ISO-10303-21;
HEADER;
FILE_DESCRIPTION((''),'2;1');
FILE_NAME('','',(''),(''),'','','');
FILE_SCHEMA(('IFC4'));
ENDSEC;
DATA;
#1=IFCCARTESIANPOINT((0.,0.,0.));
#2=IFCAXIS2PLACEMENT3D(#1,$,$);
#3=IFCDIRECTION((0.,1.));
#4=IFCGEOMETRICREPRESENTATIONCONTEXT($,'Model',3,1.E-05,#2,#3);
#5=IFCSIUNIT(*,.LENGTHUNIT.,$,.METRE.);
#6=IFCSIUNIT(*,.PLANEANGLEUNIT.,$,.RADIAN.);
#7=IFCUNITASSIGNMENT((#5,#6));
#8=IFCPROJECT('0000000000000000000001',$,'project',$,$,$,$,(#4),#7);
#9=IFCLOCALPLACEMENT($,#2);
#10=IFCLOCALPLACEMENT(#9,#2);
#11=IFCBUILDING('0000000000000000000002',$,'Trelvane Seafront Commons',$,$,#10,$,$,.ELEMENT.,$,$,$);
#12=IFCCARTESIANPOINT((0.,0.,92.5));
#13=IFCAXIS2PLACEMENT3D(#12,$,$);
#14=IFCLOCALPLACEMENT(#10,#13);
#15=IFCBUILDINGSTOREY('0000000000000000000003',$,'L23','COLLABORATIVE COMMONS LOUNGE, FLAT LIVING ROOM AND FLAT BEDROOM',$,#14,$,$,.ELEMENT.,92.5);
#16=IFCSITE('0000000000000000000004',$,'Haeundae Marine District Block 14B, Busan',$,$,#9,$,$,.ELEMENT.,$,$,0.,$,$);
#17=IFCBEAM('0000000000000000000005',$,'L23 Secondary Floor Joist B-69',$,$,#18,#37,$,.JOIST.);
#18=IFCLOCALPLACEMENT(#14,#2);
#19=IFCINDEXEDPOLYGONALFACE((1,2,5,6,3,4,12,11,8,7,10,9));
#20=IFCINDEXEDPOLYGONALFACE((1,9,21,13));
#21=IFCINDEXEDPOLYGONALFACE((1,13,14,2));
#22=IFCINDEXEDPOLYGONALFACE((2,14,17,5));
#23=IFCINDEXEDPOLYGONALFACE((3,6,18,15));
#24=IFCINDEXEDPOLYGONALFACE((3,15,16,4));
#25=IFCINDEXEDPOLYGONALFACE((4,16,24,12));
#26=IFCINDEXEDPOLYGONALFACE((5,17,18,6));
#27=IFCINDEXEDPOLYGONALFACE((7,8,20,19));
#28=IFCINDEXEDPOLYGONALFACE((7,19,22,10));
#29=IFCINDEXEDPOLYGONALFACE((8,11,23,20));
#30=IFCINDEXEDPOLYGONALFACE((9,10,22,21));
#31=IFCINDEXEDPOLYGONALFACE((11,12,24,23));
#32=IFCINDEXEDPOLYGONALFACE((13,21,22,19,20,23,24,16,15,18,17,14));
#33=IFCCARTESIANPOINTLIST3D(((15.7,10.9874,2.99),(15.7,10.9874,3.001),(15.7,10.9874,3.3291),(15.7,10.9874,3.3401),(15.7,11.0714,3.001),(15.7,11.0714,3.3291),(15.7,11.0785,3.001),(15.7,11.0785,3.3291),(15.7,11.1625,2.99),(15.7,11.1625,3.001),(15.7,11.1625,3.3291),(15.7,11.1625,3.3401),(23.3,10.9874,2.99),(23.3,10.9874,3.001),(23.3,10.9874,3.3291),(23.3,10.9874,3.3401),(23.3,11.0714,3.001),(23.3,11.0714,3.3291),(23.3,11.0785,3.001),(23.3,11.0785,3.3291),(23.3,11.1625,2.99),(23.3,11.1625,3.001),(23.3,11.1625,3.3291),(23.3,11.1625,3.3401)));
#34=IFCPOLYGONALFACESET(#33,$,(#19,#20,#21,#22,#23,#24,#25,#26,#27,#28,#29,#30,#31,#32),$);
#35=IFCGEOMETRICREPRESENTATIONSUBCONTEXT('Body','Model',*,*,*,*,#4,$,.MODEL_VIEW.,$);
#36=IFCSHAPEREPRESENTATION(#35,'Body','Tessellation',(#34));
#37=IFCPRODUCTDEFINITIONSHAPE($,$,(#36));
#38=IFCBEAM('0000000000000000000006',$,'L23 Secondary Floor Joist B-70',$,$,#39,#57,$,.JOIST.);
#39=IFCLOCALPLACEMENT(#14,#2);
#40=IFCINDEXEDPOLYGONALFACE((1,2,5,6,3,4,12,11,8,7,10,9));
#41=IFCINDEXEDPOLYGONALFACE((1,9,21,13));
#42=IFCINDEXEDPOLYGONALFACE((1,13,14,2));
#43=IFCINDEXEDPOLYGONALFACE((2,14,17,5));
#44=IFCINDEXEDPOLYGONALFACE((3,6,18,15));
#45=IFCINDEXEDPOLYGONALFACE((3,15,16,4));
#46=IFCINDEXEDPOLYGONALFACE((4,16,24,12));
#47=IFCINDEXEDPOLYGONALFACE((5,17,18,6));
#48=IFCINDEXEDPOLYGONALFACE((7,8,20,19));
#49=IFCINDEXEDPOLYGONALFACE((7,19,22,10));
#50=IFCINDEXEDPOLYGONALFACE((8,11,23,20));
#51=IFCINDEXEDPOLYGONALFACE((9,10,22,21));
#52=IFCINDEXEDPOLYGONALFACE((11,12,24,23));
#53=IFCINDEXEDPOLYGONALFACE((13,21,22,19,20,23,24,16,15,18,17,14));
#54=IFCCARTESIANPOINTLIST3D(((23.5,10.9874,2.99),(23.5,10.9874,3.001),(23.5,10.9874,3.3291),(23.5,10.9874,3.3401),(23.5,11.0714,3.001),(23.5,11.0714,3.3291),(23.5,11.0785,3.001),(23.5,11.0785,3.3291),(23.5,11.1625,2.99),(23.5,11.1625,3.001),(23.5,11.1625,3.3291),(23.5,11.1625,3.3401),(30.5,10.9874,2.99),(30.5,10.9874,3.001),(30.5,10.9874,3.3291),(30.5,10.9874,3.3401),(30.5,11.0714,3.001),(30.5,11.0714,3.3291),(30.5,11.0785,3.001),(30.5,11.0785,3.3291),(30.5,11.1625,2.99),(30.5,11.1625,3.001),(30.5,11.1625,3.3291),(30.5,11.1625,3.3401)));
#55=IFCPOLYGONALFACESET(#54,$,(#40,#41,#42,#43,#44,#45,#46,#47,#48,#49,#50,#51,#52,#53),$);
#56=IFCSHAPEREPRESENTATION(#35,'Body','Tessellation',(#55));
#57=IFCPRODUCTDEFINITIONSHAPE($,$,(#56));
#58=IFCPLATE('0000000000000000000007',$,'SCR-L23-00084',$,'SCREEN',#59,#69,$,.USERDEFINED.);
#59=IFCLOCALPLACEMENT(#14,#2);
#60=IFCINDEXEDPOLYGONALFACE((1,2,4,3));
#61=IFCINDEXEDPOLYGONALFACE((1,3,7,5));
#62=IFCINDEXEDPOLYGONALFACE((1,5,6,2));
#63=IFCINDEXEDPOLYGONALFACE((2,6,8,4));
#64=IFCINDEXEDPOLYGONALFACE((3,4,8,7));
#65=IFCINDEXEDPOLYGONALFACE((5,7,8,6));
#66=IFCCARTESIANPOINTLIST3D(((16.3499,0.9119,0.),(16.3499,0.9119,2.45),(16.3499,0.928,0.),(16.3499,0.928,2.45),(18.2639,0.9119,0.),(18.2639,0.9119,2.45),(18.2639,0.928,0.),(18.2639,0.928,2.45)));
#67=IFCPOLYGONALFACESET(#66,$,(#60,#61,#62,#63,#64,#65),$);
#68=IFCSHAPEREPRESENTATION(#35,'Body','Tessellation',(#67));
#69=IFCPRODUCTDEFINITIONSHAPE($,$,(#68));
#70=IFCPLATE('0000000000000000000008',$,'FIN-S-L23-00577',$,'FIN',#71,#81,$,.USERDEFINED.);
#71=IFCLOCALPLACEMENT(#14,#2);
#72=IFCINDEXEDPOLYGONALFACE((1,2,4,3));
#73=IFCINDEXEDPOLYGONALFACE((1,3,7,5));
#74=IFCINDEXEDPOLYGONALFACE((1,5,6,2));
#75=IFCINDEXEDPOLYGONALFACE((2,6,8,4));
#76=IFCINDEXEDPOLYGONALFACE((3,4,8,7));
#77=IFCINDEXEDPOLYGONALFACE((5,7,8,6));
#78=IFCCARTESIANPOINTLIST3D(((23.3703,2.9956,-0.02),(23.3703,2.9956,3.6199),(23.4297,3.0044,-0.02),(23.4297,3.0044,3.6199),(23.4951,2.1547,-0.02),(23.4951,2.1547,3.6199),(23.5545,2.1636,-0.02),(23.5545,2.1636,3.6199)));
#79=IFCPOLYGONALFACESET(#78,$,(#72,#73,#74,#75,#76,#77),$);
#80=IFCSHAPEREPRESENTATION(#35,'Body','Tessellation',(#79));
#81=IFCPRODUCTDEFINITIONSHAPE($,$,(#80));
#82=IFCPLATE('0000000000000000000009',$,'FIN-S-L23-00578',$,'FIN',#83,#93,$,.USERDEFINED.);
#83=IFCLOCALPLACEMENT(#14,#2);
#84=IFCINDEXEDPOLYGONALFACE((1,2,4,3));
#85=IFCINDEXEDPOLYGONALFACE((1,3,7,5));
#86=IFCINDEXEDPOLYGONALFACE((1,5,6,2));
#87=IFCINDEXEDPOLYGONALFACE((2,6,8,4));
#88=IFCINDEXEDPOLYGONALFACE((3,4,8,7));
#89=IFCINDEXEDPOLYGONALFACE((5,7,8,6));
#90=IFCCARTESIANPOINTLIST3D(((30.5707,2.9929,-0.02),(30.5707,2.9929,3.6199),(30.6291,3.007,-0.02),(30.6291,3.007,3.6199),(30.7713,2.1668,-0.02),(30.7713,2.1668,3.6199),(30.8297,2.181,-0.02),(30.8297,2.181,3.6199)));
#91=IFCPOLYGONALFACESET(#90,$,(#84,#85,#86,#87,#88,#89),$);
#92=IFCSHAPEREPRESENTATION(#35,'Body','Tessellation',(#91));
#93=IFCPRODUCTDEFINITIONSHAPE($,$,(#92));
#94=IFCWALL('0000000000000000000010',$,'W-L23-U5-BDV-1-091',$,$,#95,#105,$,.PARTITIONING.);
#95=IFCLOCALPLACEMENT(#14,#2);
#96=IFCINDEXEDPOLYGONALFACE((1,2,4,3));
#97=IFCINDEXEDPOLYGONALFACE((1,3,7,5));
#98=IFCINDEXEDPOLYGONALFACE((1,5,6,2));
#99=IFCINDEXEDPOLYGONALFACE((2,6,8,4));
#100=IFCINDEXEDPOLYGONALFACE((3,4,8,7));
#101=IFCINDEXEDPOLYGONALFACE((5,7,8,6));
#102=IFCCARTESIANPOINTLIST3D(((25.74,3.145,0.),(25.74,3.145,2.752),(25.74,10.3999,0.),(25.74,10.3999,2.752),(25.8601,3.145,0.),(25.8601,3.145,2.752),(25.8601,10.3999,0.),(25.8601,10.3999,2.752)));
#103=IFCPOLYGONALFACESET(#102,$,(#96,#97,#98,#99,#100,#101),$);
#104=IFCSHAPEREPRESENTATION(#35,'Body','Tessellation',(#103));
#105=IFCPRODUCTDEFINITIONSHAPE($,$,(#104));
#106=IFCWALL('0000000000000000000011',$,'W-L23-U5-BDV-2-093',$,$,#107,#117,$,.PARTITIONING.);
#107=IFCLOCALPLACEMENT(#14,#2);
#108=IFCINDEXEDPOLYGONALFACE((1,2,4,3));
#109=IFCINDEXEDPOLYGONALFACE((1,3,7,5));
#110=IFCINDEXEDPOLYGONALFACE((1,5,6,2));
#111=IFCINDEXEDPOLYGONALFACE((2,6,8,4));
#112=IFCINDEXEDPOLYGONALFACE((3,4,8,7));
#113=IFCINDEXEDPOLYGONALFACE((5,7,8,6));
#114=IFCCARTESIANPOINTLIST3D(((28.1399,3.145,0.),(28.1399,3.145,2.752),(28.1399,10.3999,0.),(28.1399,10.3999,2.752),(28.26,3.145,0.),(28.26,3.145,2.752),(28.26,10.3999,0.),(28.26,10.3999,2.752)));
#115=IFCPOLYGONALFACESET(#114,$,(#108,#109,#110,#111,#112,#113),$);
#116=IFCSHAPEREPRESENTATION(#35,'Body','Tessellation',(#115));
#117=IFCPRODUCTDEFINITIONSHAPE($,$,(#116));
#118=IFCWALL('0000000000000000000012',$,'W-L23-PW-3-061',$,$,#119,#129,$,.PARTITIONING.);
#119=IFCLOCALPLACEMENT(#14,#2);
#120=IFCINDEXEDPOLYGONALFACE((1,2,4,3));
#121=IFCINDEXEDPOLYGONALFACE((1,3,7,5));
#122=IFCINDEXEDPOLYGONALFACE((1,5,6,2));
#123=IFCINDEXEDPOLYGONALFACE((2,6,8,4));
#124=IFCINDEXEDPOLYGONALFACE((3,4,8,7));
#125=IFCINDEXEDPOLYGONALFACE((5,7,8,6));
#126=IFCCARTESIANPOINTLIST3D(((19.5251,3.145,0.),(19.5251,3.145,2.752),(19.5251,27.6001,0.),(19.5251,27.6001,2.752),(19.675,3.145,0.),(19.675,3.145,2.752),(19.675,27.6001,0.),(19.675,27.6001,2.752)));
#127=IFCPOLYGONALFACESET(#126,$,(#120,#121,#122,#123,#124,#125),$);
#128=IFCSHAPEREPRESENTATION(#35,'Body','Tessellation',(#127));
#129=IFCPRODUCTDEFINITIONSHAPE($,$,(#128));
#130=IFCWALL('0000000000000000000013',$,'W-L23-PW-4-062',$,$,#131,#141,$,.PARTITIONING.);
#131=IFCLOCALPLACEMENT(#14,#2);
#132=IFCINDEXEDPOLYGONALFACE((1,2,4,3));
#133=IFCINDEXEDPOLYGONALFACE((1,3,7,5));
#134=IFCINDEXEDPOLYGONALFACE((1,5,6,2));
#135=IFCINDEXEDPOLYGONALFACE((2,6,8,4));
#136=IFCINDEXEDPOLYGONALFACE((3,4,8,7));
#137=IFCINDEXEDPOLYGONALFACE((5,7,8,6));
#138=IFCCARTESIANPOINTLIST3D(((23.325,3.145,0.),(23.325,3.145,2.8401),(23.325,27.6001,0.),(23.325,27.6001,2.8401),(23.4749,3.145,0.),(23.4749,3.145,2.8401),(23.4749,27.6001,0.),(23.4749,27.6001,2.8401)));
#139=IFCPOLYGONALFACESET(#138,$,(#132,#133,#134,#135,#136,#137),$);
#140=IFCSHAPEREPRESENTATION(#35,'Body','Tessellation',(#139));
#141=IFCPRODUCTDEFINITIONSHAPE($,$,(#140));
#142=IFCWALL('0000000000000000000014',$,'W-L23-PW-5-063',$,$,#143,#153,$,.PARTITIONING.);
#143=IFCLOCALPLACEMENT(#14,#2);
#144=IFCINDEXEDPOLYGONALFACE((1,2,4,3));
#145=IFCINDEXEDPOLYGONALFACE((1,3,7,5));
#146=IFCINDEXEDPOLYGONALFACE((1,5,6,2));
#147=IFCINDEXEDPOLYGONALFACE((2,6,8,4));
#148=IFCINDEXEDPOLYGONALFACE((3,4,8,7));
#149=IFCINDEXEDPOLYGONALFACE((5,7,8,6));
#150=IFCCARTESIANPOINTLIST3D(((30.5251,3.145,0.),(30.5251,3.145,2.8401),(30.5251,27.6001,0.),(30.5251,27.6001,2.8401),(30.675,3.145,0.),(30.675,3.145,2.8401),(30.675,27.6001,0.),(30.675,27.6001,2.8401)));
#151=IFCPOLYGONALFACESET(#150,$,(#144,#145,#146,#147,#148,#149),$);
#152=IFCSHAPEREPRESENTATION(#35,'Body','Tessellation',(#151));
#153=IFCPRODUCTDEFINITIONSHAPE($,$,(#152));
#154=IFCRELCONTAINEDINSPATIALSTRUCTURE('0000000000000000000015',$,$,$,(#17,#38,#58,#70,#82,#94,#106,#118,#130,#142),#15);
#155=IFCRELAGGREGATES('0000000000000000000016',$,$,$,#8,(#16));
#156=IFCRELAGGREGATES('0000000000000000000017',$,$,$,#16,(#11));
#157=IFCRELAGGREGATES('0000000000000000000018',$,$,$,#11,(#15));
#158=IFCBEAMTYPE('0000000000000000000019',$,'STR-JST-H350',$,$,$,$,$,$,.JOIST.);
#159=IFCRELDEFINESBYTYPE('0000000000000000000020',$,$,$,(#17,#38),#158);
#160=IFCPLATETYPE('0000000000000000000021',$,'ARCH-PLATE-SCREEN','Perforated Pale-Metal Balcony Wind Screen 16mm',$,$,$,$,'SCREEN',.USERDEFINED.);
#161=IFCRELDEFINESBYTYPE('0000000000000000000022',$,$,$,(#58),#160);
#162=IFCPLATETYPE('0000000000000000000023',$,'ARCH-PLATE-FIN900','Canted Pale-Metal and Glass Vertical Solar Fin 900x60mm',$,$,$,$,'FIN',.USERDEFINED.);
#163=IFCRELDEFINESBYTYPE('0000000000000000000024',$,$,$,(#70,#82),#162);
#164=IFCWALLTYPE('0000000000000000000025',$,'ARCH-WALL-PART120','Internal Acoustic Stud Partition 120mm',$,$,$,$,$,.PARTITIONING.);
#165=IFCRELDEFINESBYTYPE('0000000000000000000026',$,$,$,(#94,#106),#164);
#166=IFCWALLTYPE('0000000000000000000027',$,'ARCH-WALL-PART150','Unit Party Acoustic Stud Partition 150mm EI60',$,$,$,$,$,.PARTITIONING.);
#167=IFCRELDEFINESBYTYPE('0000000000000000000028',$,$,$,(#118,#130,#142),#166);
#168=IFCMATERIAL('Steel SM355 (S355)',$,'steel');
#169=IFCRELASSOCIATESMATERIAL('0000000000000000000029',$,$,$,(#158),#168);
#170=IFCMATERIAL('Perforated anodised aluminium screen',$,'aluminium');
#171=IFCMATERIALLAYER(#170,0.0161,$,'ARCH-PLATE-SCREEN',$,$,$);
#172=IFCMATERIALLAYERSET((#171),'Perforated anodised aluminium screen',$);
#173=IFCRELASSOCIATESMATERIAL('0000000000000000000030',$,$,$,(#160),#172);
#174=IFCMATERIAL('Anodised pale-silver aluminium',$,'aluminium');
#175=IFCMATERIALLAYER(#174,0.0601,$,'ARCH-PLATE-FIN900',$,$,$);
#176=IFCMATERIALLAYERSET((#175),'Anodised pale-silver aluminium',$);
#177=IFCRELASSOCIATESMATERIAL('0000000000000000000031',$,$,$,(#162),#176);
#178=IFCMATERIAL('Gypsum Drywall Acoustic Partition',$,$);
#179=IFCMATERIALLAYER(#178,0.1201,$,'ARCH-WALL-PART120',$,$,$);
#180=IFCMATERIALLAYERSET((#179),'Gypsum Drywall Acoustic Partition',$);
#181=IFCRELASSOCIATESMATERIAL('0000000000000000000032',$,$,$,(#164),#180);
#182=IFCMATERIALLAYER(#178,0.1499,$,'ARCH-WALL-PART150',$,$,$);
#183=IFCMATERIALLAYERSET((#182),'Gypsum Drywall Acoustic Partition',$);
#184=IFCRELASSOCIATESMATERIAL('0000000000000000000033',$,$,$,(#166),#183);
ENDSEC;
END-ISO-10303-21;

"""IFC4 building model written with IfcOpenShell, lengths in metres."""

from ifc_helpers import new_model, si_unit, direction, frame, frame_2d, origin, origin_2d, place, context, subcontext, project, spatial, rectangle, i_section, extrude, source, transform, mapped, material, layer, layer_set, material_profile, profile_set, type_object, element, save


model = new_model("IFC4")

# Units and contexts
model_context = context("Model", 3, precision=1e-05, world=origin(), true_north=direction((0.0, 1.0)))
body_context = subcontext(model_context, "Body", "Model", "MODEL_VIEW")
ifc_project = project(units=[si_unit("LENGTHUNIT", "METRE"), si_unit("PLANEANGLEUNIT", "RADIAN")], contexts=[model_context])

# Site, building, storey
site_placement = place(None, origin())
site = spatial("IfcSite", under=ifc_project, at=site_placement, Name="Haeundae Marine District Block 14B, Busan", CompositionType="ELEMENT", RefElevation=0.0)
building_placement = place(site_placement, origin())
building = spatial("IfcBuilding", under=site, at=building_placement, Name="Trelvane Seafront Commons", CompositionType="ELEMENT")
storey_placement = place(building_placement, frame((0.0, 0.0, 92.5)))
storey = spatial("IfcBuildingStorey", under=building, at=storey_placement, Name="L23", Description="COLLABORATIVE COMMONS LOUNGE, FLAT LIVING ROOM AND FLAT BEDROOM", CompositionType="ELEMENT", Elevation=92.5)

# Shared definitions
ifc_material_1 = material(Name="Steel SM355 (S355)", Category="steel")

# Beams
ifc_material_profile_1 = material_profile(ifc_material_1, i_section(OverallWidth=0.175, OverallDepth=0.3501, WebThickness=0.0071, FlangeThickness=0.011, at=origin_2d()), Name="H-350x175x7x11")
ifc_profile_set_1 = profile_set([ifc_material_profile_1], Name="Steel SM355 (S355)")
beam_type_1 = type_object("IfcBeamType", Name="STR-JST-H350", PredefinedType="JOIST", material=ifc_profile_set_1)
shared_shape_1 = source(origin(), body_context, "Body", "SweptSolid", [
    extrude(i_section(OverallWidth=0.175, OverallDepth=0.3501, WebThickness=0.0071, FlangeThickness=0.011, at=origin_2d()), origin(), (0.0, 0.0, 1.0), 7.6001),
])
beam_1_placement = place(storey_placement, frame((15.7, 11.075, 3.165), z_axis=(1.0, 0.0, 0.0), x_axis=(0.0, 1.0, 0.0)))
element("IfcBeam", 1, at=beam_1_placement, inside=storey, type_object=beam_type_1, Name="L23 Secondary Floor Joist B-69", PredefinedType="JOIST", context=body_context, shape_type="MappedRepresentation", body=[
    mapped(shared_shape_1, transform((0.0, 0.0, 0.0), x_axis=(1.0, 0.0, 0.0), y_axis=(0.0, 1.0, 0.0), z_axis=(0.0, 0.0, 1.0), scale=1.0)),
])
shared_shape_2 = source(origin(), body_context, "Body", "SweptSolid", [
    extrude(i_section(OverallWidth=0.175, OverallDepth=0.3501, WebThickness=0.0071, FlangeThickness=0.011, at=origin_2d()), origin(), (0.0, 0.0, 1.0), 7.0),
])
beam_2_placement = place(storey_placement, frame((23.5, 11.075, 3.165), z_axis=(1.0, 0.0, 0.0), x_axis=(0.0, 1.0, 0.0)))
element("IfcBeam", 2, at=beam_2_placement, inside=storey, type_object=beam_type_1, Name="L23 Secondary Floor Joist B-70", PredefinedType="JOIST", context=body_context, shape_type="MappedRepresentation", body=[
    mapped(shared_shape_2, transform((0.0, 0.0, 0.0), x_axis=(1.0, 0.0, 0.0), y_axis=(0.0, 1.0, 0.0), z_axis=(0.0, 0.0, 1.0), scale=1.0)),
])

# Plates
ifc_material_2 = material(Name="Perforated anodised aluminium screen", Category="aluminium")
ifc_layer_1 = layer(ifc_material_2, 0.0161, Name="ARCH-PLATE-SCREEN")
ifc_layer_set_1 = layer_set([ifc_layer_1], Name="Perforated anodised aluminium screen")
plate_type_1 = type_object("IfcPlateType", Name="ARCH-PLATE-SCREEN", Description="Perforated Pale-Metal Balcony Wind Screen 16mm", ElementType="SCREEN", PredefinedType="USERDEFINED", material=ifc_layer_set_1)
shared_shape_3 = source(origin(), body_context, "Body", "SweptSolid", [
    extrude(rectangle(XDim=1.9141, YDim=0.0161, at=origin_2d()), origin(), (0.0, 0.0, 1.0), 2.45),
])
plate_placement = place(storey_placement, frame((17.3069, 0.9199, 0.0), z_axis=(0.0, 0.0, 1.0), x_axis=(1.0, 0.0, 0.0)))
element("IfcPlate", 3, at=plate_placement, inside=storey, type_object=plate_type_1, Name="SCR-L23-00084", ObjectType="SCREEN", PredefinedType="USERDEFINED", context=body_context, shape_type="MappedRepresentation", body=[
    mapped(shared_shape_3, transform((0.0, 0.0, 0.0), x_axis=(1.0, 0.0, 0.0), y_axis=(0.0, 1.0, 0.0), z_axis=(0.0, 0.0, 1.0), scale=1.0)),
])
ifc_material_3 = material(Name="Anodised pale-silver aluminium", Category="aluminium")
ifc_layer_2 = layer(ifc_material_3, 0.0601, Name="ARCH-PLATE-FIN900")
ifc_layer_set_2 = layer_set([ifc_layer_2], Name="Anodised pale-silver aluminium")
plate_type_2 = type_object("IfcPlateType", Name="ARCH-PLATE-FIN900", Description="Canted Pale-Metal and Glass Vertical Solar Fin 900x60mm", ElementType="FIN", PredefinedType="USERDEFINED", material=ifc_layer_set_2)
shared_shape_4 = source(origin(), body_context, "Body", "SweptSolid", [
    extrude(rectangle(XDim=0.8501, YDim=0.0601, at=origin_2d()), origin(), (0.0, 0.0, 1.0), 3.6399),
])
for number, where, z_axis, x_axis, name in (
    (4, (23.4624, 2.5796, -0.02), (0.0, 0.0, 1.0), (0.146822, -0.989163, 0.0), "FIN-S-L23-00577"),
    (5, (30.7002, 2.5869, -0.02), (0.0, 0.0, 1.0), (0.235997, -0.971754, 0.0), "FIN-S-L23-00578"),
):
    element("IfcPlate", number, at=place(storey_placement, frame(where, z_axis=z_axis, x_axis=x_axis)), inside=storey, type_object=plate_type_2, Name=name, ObjectType="FIN", PredefinedType="USERDEFINED", context=body_context, shape_type="MappedRepresentation", body=[
        mapped(shared_shape_4, transform((0.0, 0.0, 0.0), x_axis=(1.0, 0.0, 0.0), y_axis=(0.0, 1.0, 0.0), z_axis=(0.0, 0.0, 1.0), scale=1.0)),
    ])

# Shared definitions
ifc_material_4 = material(Name="Gypsum Drywall Acoustic Partition")
ifc_layer_3 = layer(ifc_material_4, 0.1201, Name="ARCH-WALL-PART120")
ifc_layer_set_3 = layer_set([ifc_layer_3], Name="Gypsum Drywall Acoustic Partition")
wall_type_1 = type_object("IfcWallType", Name="ARCH-WALL-PART120", Description="Internal Acoustic Stud Partition 120mm", PredefinedType="PARTITIONING", material=ifc_layer_set_3)

# Wall
wall_1_placement = place(storey_placement, frame((25.8, 3.145, 0.0), z_axis=(0.0, 0.0, 1.0), x_axis=(0.0, 1.0, 0.0)))
element("IfcWall", 6, at=wall_1_placement, inside=storey, type_object=wall_type_1, Name="W-L23-U5-BDV-1-091", PredefinedType="PARTITIONING", context=body_context, shape_type="SweptSolid", body=[
    extrude(rectangle(XDim=7.2549, YDim=0.1201, at=frame_2d((3.6274, 0.0))), origin(), (0.0, 0.0, 1.0), 2.752),
])

# Walls
wall_2_placement = place(storey_placement, frame((28.2, 3.145, 0.0), z_axis=(0.0, 0.0, 1.0), x_axis=(0.0, 1.0, 0.0)))
element("IfcWall", 7, at=wall_2_placement, inside=storey, type_object=wall_type_1, Name="W-L23-U5-BDV-2-093", PredefinedType="PARTITIONING", context=body_context, shape_type="SweptSolid", body=[
    extrude(rectangle(XDim=7.2549, YDim=0.1201, at=frame_2d((3.6274, 0.0))), origin(), (0.0, 0.0, 1.0), 2.752),
])
ifc_layer_4 = layer(ifc_material_4, 0.1499, Name="ARCH-WALL-PART150")
ifc_layer_set_4 = layer_set([ifc_layer_4], Name="Gypsum Drywall Acoustic Partition")
wall_type_2 = type_object("IfcWallType", Name="ARCH-WALL-PART150", Description="Unit Party Acoustic Stud Partition 150mm EI60", PredefinedType="PARTITIONING", material=ifc_layer_set_4)
wall_3_placement = place(storey_placement, frame((19.6001, 3.145, 0.0), z_axis=(0.0, 0.0, 1.0), x_axis=(0.0, 1.0, 0.0)))
element("IfcWall", 8, at=wall_3_placement, inside=storey, type_object=wall_type_2, Name="W-L23-PW-3-061", PredefinedType="PARTITIONING", context=body_context, shape_type="SweptSolid", body=[
    extrude(rectangle(XDim=24.4551, YDim=0.1499, at=frame_2d((12.2275, 0.0))), origin(), (0.0, 0.0, 1.0), 2.752),
])
for number, where, z_axis, x_axis, name in (
    (9, (23.3999, 3.145, 0.0), (0.0, 0.0, 1.0), (0.0, 1.0, 0.0), "W-L23-PW-4-062"),
    (10, (30.6001, 3.145, 0.0), (0.0, 0.0, 1.0), (0.0, 1.0, 0.0), "W-L23-PW-5-063"),
):
    element("IfcWall", number, at=place(storey_placement, frame(where, z_axis=z_axis, x_axis=x_axis)), inside=storey, type_object=wall_type_2, Name=name, PredefinedType="PARTITIONING", context=body_context, shape_type="SweptSolid", body=[
        extrude(rectangle(XDim=24.4551, YDim=0.1499, at=frame_2d((12.2275, 0.0))), origin(), (0.0, 0.0, 1.0), 2.8401),
    ])

save(model, "model.ifc")
